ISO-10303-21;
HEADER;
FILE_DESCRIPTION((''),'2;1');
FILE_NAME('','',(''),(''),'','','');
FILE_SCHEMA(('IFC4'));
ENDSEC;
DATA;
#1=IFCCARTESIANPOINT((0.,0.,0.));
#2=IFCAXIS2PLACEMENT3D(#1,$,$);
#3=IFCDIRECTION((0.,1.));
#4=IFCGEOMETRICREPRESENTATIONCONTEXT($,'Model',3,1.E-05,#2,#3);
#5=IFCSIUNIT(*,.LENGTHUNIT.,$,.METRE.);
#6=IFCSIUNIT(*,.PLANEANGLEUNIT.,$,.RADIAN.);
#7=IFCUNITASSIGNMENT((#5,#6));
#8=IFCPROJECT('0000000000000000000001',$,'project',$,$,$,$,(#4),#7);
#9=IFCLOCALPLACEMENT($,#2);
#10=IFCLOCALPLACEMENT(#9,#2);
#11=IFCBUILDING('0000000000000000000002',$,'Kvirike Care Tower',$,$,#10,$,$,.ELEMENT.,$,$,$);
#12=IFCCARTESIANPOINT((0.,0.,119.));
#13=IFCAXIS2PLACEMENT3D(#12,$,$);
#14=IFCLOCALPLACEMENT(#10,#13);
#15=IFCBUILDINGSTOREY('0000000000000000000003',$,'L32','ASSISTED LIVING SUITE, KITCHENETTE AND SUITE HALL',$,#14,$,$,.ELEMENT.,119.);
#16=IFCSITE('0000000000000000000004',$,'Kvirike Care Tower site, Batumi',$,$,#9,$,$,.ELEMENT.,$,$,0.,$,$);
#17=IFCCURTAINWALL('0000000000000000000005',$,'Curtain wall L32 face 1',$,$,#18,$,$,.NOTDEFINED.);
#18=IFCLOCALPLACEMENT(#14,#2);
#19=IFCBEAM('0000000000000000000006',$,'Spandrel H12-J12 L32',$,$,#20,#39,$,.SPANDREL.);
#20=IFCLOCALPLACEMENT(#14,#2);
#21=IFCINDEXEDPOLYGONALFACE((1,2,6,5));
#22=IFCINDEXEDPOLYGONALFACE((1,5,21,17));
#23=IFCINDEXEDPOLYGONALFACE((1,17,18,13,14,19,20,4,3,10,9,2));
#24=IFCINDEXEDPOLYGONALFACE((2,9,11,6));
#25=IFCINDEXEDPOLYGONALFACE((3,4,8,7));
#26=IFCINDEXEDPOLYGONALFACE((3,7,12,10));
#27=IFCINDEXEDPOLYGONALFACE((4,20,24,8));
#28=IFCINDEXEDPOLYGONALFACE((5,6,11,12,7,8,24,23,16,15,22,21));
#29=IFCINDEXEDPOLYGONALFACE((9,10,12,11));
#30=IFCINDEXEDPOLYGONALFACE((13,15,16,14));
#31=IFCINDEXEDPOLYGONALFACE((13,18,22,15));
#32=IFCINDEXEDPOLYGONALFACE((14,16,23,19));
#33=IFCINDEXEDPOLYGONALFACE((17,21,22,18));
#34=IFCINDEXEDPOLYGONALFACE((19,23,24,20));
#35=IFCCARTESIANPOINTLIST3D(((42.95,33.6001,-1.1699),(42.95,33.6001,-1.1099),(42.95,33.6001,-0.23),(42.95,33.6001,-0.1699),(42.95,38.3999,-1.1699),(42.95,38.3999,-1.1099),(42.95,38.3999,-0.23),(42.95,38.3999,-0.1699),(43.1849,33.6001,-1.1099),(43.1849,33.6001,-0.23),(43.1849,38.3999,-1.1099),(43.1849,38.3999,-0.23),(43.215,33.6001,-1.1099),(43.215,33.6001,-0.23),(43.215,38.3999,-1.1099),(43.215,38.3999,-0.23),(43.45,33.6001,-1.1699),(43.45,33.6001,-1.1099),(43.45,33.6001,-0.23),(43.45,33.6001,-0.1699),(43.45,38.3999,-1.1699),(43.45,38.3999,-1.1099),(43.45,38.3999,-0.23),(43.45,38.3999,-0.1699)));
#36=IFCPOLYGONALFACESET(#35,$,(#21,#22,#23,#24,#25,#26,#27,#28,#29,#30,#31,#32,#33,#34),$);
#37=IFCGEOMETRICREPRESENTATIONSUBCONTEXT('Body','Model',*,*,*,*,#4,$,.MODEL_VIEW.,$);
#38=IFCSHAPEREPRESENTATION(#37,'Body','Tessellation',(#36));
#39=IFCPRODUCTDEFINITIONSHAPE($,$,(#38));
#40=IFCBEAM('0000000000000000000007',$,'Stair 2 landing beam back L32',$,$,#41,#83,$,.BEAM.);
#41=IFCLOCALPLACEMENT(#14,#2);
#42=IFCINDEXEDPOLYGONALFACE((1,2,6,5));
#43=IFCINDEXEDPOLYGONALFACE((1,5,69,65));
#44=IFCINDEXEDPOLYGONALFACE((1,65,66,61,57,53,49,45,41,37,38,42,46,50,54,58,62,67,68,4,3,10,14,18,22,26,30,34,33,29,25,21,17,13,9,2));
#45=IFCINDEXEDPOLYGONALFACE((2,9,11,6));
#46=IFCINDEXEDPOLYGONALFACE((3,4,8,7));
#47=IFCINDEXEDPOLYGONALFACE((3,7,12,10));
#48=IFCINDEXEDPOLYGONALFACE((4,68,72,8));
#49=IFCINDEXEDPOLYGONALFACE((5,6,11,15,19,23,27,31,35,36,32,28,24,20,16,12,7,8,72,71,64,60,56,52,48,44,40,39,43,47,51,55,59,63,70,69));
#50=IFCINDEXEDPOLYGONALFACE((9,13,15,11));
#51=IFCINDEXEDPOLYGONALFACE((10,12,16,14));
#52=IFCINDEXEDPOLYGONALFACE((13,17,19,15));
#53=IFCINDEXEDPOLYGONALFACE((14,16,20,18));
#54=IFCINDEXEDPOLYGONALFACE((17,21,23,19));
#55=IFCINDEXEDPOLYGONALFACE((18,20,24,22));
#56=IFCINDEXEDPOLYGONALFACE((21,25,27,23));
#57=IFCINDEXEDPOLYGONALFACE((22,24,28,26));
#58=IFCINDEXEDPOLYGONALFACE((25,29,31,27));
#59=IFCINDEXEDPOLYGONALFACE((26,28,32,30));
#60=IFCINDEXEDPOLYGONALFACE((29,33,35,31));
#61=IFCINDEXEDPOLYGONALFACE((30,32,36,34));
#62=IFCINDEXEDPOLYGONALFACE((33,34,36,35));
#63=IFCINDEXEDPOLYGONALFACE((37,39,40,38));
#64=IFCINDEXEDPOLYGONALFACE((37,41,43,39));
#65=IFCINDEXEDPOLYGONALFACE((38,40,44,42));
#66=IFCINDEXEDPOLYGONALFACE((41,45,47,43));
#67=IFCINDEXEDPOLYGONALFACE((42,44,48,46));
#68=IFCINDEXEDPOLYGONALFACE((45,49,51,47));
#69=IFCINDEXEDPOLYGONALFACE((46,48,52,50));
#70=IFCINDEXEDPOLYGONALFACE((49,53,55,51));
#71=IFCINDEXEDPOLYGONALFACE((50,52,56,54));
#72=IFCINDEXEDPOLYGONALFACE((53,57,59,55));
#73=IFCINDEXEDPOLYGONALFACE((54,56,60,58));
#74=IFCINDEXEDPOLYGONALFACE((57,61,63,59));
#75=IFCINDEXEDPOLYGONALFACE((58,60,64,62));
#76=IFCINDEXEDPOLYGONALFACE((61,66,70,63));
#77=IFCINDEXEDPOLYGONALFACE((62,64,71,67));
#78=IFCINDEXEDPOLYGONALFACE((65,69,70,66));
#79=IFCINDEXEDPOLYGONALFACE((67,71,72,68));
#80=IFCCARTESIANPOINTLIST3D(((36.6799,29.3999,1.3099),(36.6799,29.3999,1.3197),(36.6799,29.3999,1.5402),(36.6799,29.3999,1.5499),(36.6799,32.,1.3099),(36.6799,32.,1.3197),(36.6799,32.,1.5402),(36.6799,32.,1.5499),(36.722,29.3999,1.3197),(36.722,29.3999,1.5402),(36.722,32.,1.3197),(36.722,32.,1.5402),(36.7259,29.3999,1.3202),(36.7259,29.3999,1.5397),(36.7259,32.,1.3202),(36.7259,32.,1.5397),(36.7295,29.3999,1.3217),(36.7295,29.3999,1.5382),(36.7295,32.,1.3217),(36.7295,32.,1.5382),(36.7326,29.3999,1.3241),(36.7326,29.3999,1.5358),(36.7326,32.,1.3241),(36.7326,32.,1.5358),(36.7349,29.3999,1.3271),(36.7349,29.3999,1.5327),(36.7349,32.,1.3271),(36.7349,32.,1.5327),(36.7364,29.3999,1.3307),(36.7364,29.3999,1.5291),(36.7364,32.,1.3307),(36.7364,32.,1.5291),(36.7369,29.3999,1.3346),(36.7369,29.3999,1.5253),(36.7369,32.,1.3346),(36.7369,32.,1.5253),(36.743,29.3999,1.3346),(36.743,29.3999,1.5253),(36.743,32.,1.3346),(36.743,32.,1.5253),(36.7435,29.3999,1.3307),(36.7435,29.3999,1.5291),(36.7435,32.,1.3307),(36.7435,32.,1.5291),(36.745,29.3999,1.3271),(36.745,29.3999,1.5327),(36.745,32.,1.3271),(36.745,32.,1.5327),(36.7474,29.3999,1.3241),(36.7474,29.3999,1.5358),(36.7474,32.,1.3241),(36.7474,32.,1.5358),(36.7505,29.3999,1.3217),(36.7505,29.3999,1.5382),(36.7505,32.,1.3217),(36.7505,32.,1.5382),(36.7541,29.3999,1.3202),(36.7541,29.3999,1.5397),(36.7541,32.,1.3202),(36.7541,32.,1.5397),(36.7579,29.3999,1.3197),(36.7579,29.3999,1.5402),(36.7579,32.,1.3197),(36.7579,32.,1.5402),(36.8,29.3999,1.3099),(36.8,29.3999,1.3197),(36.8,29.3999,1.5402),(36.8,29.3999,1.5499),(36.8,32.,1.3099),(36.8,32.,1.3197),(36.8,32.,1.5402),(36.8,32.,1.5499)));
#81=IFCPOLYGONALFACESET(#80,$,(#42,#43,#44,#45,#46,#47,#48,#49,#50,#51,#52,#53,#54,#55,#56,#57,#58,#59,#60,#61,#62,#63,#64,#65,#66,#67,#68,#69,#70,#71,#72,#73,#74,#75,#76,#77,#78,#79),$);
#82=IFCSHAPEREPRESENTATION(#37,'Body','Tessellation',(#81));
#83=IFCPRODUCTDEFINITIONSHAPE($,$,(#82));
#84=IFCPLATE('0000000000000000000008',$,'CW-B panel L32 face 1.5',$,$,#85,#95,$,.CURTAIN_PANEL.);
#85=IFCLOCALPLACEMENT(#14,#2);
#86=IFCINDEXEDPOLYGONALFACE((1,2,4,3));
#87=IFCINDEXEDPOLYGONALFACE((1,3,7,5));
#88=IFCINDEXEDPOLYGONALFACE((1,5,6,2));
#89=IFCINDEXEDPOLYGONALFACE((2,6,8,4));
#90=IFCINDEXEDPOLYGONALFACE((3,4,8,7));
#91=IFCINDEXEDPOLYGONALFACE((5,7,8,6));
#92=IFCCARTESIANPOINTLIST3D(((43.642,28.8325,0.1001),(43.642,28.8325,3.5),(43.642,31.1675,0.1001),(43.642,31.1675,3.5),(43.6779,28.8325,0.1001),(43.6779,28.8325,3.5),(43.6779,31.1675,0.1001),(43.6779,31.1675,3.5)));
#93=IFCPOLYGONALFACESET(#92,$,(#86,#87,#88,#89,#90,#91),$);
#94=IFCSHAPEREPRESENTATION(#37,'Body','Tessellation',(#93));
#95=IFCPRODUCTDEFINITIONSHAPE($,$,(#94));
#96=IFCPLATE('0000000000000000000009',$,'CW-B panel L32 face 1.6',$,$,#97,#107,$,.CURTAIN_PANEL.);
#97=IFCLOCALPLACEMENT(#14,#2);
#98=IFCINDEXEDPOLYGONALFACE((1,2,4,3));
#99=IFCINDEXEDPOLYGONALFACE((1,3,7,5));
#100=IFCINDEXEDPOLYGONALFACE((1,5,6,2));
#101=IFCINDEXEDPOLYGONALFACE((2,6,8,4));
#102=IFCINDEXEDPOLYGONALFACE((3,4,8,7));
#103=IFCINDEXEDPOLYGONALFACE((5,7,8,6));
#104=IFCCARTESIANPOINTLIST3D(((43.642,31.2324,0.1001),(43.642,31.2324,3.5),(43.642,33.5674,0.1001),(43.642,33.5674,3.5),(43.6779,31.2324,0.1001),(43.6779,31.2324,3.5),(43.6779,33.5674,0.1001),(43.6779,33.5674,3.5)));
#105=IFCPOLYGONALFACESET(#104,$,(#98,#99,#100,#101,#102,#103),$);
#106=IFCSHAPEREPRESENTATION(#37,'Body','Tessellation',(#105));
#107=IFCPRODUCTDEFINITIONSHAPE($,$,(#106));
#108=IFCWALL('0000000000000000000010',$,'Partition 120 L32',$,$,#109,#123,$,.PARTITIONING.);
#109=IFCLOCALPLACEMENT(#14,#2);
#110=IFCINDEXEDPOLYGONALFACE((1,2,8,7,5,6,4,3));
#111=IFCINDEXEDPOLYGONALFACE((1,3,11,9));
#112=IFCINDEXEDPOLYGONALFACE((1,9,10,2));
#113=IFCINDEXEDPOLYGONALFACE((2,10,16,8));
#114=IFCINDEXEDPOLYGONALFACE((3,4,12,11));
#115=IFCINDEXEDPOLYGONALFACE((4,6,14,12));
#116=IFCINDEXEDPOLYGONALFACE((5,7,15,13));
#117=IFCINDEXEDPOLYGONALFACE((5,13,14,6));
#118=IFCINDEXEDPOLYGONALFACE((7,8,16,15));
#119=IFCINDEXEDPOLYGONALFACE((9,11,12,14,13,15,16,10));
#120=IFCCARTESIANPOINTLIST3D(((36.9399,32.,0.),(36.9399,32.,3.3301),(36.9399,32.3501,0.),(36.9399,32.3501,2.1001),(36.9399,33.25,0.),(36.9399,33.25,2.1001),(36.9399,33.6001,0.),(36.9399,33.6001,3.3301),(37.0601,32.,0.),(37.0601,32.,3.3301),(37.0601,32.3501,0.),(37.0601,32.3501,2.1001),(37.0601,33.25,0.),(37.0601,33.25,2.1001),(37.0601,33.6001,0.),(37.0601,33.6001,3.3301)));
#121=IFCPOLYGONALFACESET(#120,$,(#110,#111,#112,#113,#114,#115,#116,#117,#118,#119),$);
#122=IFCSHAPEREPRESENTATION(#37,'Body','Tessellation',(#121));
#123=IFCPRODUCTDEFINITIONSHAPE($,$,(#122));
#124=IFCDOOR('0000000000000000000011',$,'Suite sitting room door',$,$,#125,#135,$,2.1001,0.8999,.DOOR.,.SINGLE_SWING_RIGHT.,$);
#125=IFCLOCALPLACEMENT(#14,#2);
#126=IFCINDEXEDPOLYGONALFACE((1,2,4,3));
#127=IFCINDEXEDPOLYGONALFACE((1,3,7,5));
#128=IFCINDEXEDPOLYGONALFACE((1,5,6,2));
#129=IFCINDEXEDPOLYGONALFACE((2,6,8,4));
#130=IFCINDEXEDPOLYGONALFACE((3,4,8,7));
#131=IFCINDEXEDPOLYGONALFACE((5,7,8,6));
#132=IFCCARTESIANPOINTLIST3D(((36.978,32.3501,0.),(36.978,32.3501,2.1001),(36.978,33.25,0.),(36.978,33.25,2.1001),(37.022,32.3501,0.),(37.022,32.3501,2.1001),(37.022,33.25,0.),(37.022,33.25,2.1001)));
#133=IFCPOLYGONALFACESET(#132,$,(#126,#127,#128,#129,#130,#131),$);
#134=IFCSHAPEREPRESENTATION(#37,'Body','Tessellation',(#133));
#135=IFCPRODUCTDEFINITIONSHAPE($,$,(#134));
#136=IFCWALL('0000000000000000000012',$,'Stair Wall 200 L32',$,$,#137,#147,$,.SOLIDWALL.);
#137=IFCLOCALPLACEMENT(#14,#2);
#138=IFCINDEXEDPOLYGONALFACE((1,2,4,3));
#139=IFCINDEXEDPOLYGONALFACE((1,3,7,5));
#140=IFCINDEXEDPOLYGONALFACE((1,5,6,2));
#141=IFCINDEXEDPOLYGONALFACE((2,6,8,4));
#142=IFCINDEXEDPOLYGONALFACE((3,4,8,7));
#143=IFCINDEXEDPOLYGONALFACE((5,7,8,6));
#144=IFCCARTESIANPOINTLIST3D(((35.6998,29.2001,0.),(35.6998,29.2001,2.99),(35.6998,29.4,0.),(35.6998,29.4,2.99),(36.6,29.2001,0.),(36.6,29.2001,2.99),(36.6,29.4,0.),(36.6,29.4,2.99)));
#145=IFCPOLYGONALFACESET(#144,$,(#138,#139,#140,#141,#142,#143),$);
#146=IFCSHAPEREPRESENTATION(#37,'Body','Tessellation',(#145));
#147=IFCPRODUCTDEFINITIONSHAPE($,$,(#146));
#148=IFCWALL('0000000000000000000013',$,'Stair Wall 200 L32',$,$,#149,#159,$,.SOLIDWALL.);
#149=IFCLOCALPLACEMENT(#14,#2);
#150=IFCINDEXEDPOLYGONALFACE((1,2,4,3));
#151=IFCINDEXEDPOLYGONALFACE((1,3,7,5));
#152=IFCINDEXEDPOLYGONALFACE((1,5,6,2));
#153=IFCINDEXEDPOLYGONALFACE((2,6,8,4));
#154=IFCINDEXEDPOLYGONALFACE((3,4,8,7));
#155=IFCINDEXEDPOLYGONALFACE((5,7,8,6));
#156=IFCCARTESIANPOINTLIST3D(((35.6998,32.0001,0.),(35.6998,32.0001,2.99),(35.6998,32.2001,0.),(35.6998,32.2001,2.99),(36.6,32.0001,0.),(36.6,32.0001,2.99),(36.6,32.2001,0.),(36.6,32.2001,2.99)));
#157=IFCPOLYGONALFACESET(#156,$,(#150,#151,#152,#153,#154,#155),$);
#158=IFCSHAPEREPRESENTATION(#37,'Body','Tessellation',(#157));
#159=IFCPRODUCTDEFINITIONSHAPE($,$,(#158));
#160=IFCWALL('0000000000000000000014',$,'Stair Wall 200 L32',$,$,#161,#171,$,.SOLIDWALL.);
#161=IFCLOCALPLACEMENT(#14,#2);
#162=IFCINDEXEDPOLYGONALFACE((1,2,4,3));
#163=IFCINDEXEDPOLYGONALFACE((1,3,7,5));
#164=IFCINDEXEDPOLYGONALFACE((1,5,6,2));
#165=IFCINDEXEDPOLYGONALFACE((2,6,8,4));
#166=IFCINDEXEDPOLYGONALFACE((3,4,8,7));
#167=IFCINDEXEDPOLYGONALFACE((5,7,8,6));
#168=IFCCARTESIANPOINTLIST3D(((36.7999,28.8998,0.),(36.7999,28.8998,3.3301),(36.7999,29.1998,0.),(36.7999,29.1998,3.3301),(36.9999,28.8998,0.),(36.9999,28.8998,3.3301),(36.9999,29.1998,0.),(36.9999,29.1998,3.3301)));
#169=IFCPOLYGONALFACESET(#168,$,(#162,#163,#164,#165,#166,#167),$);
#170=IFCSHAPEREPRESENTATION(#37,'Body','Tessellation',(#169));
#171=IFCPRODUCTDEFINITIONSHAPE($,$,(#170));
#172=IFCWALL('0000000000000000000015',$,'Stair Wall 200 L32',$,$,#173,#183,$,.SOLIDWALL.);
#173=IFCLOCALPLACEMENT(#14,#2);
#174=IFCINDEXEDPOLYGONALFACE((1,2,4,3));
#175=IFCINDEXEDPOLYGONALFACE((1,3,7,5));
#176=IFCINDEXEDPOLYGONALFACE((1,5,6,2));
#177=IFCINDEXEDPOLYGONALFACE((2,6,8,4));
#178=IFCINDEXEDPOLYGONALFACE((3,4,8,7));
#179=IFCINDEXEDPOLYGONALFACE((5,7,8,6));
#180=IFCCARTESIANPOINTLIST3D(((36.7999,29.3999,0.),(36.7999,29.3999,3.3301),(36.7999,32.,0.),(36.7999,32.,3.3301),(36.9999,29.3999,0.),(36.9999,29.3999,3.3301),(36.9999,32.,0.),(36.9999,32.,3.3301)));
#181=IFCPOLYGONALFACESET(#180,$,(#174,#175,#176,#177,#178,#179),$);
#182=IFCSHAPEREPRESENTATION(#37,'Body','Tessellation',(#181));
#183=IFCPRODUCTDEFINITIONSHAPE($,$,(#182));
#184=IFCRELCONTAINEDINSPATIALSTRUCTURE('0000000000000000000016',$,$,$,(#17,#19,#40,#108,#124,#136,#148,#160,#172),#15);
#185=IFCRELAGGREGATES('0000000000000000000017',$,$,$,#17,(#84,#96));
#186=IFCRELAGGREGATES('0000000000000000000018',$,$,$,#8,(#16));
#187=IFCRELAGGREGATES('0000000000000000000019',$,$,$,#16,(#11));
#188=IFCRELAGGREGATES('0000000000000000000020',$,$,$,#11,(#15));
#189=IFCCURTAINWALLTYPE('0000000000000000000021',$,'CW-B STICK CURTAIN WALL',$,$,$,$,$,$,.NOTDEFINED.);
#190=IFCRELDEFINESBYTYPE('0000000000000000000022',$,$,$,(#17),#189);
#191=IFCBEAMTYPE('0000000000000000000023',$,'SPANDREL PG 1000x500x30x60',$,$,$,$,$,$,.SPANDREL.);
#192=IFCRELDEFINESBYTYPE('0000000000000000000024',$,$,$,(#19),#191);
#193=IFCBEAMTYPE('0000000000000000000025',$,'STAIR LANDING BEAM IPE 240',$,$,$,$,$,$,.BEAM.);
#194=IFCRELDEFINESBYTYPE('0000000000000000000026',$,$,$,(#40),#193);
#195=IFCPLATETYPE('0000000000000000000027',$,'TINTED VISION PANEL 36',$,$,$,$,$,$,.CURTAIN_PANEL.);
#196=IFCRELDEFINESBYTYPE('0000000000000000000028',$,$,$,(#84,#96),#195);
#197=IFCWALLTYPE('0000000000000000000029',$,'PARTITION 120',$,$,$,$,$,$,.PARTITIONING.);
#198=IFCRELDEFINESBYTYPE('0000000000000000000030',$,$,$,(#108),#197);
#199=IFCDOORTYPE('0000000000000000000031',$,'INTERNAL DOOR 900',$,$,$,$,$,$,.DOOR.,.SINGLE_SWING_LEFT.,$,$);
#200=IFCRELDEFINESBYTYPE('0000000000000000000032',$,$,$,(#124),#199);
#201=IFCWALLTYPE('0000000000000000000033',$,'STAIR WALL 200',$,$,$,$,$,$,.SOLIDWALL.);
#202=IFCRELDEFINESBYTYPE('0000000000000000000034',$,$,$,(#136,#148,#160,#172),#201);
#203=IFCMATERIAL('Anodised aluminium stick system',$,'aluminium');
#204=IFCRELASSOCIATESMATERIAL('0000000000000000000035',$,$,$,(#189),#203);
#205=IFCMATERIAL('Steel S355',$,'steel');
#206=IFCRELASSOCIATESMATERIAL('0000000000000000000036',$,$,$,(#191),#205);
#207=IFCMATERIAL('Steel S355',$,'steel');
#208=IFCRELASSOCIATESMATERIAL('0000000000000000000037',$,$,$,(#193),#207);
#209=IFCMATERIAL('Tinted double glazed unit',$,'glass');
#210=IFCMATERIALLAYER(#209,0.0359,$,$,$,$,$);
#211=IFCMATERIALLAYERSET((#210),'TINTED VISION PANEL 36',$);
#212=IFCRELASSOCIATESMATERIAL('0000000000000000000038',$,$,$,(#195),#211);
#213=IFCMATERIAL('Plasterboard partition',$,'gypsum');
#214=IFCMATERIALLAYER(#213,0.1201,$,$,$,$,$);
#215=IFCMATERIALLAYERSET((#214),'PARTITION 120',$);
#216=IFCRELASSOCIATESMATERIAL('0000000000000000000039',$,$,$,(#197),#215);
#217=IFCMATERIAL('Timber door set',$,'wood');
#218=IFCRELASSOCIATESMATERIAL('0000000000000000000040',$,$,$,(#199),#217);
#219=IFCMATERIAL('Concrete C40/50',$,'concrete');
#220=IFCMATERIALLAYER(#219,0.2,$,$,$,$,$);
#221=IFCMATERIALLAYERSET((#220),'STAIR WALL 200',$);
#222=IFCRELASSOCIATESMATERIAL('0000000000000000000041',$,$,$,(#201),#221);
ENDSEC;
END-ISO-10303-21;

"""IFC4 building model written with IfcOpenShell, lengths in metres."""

from ifc_helpers import new_model, si_unit, direction, frame, frame_2d, origin, origin_2d, place, context, subcontext, project, spatial, rectangle, i_section, extrude, material, layer, layer_set, material_profile, profile_set, type_object, element, fill, aggregate, save


model = new_model("IFC4")

# Units and contexts
model_context = context("Model", 3, precision=1e-05, world=origin(), true_north=direction((0.0, 1.0)))
body_context = subcontext(model_context, "Body", "Model", "MODEL_VIEW")
ifc_project = project(units=[si_unit("LENGTHUNIT", "METRE"), si_unit("PLANEANGLEUNIT", "RADIAN")], contexts=[model_context])

# Site, building, storey
site_placement = place(None, origin())
site = spatial("IfcSite", under=ifc_project, at=site_placement, Name="Kvirike Care Tower site, Batumi", CompositionType="ELEMENT", RefElevation=0.0)
building_placement = place(site_placement, origin())
building = spatial("IfcBuilding", under=site, at=building_placement, Name="Kvirike Care Tower", CompositionType="ELEMENT")
storey_placement = place(building_placement, frame((0.0, 0.0, 119.0)))
storey = spatial("IfcBuildingStorey", under=building, at=storey_placement, Name="L32", Description="ASSISTED LIVING SUITE, KITCHENETTE AND SUITE HALL", CompositionType="ELEMENT", Elevation=119.0)

# Curtain wall
ifc_material_1 = material(Name="Anodised aluminium stick system", Category="aluminium")
curtain_wall_type = type_object("IfcCurtainWallType", Name="CW-B STICK CURTAIN WALL", PredefinedType="NOTDEFINED", material=ifc_material_1)
curtain_wall_placement = place(storey_placement, origin())
curtain_wall = element("IfcCurtainWall", 1, at=curtain_wall_placement, inside=storey, type_object=curtain_wall_type, Name="Curtain wall L32 face 1", PredefinedType="NOTDEFINED")

# Beams
ifc_material_2 = material(Name="Steel S355", Category="steel")
ifc_material_profile_1 = material_profile(ifc_material_2, i_section(OverallWidth=0.5, OverallDepth=1.0, WebThickness=0.03, FlangeThickness=0.0601, at=origin_2d()), Name="PG 1000x500x30x60")
ifc_profile_set_1 = profile_set([ifc_material_profile_1], Name="Steel S355")
beam_type_1 = type_object("IfcBeamType", Name="SPANDREL PG 1000x500x30x60", PredefinedType="SPANDREL", material=ifc_profile_set_1)
beam_1_placement = place(storey_placement, frame((43.2, 33.6001, -0.6699), z_axis=(0.0, 1.0, 0.0), x_axis=(-1.0, 0.0, 0.0)))
element("IfcBeam", 2, at=beam_1_placement, inside=storey, type_object=beam_type_1, Name="Spandrel H12-J12 L32", PredefinedType="SPANDREL", context=body_context, shape_type="SweptSolid", body=[
    extrude(i_section(OverallWidth=0.5, OverallDepth=1.0, WebThickness=0.03, FlangeThickness=0.0601, at=origin_2d()), origin(), (0.0, 0.0, 1.0), 4.7998),
])
ifc_material_3 = material(Name="Steel S355", Category="steel")
ifc_material_profile_2 = material_profile(ifc_material_3, i_section(OverallWidth=0.1201, OverallDepth=0.24, WebThickness=0.0061, FlangeThickness=0.0098, FilletRadius=0.0149, at=origin_2d()), Name="IPE 240")
ifc_profile_set_2 = profile_set([ifc_material_profile_2], Name="Steel S355")
beam_type_2 = type_object("IfcBeamType", Name="STAIR LANDING BEAM IPE 240", PredefinedType="BEAM", material=ifc_profile_set_2)
beam_2_placement = place(storey_placement, frame((36.74, 29.3999, 1.4299), z_axis=(0.0, 1.0, 0.0), x_axis=(-1.0, 0.0, 0.0)))
element("IfcBeam", 3, at=beam_2_placement, inside=storey, type_object=beam_type_2, Name="Stair 2 landing beam back L32", PredefinedType="BEAM", context=body_context, shape_type="SweptSolid", body=[
    extrude(i_section(OverallWidth=0.1201, OverallDepth=0.24, WebThickness=0.0061, FlangeThickness=0.0098, FilletRadius=0.0149, at=origin_2d()), origin(), (0.0, 0.0, 1.0), 2.6001),
])

# Plates
ifc_material_4 = material(Name="Tinted double glazed unit", Category="glass")
ifc_layer_1 = layer(ifc_material_4, 0.0359)
ifc_layer_set_1 = layer_set([ifc_layer_1], Name="TINTED VISION PANEL 36")
plate_type = type_object("IfcPlateType", Name="TINTED VISION PANEL 36", PredefinedType="CURTAIN_PANEL", material=ifc_layer_set_1)
plate_1_placement = place(storey_placement, frame((43.6599, 30.0, 0.1001), z_axis=(0.0, 0.0, 1.0), x_axis=(0.0, 1.0, 0.0)))
plate_1 = element("IfcPlate", 4, at=plate_1_placement, type_object=plate_type, Name="CW-B panel L32 face 1.5", PredefinedType="CURTAIN_PANEL", context=body_context, shape_type="SweptSolid", body=[
    extrude(rectangle(XDim=2.335, YDim=0.0359, at=origin_2d()), origin(), (0.0, 0.0, 1.0), 3.3999),
])
plate_2_placement = place(storey_placement, frame((43.6599, 32.3999, 0.1001), z_axis=(0.0, 0.0, 1.0), x_axis=(0.0, 1.0, 0.0)))
plate_2 = element("IfcPlate", 5, at=plate_2_placement, type_object=plate_type, Name="CW-B panel L32 face 1.6", PredefinedType="CURTAIN_PANEL", context=body_context, shape_type="SweptSolid", body=[
    extrude(rectangle(XDim=2.335, YDim=0.0359, at=origin_2d()), origin(), (0.0, 0.0, 1.0), 3.3999),
])
aggregate(curtain_wall, [plate_1, plate_2])

# Wall, opening, door
ifc_material_5 = material(Name="Plasterboard partition", Category="gypsum")
ifc_layer_2 = layer(ifc_material_5, 0.1201)
ifc_layer_set_2 = layer_set([ifc_layer_2], Name="PARTITION 120")
wall_type_1 = type_object("IfcWallType", Name="PARTITION 120", PredefinedType="PARTITIONING", material=ifc_layer_set_2)
wall_1_placement = place(storey_placement, frame((37.0, 32.0, 0.0), z_axis=(0.0, 0.0, 1.0), x_axis=(0.0, 1.0, 0.0)))
wall_1 = element("IfcWall", 6, at=wall_1_placement, inside=storey, type_object=wall_type_1, Name="Partition 120 L32", PredefinedType="PARTITIONING", context=body_context, shape_type="SweptSolid", body=[
    extrude(rectangle(XDim=1.6001, YDim=0.1201, at=frame_2d((0.8, 0.0))), origin(), (0.0, 0.0, 1.0), 3.3301),
])
opening_placement = place(wall_1_placement, frame((0.3501, 0.0, 0.0)))
opening = element("IfcOpeningElement", 7, at=opening_placement, cuts=wall_1, PredefinedType="OPENING", context=body_context, shape_type="SweptSolid", body=[
    extrude(rectangle(XDim=0.8999, YDim=2.1001, at=frame_2d((0.45, 1.05))), frame((0.0, 0.0706, 0.0), z_axis=(0.0, -1.0, 0.0), x_axis=(1.0, 0.0, 0.0)), (0.0, 0.0, 1.0), 0.1411),
])
ifc_material_6 = material(Name="Timber door set", Category="wood")
door_type = type_object("IfcDoorType", Name="INTERNAL DOOR 900", OperationType="SINGLE_SWING_LEFT", PredefinedType="DOOR", material=ifc_material_6)
door_placement = place(opening_placement, frame((0.8999, 0.0, 0.0), z_axis=(0.0, 0.0, 1.0), x_axis=(-1.0, 0.0, 0.0)))
door = element("IfcDoor", 8, at=door_placement, inside=storey, type_object=door_type, Name="Suite sitting room door", OperationType="SINGLE_SWING_RIGHT", OverallHeight=2.1001, OverallWidth=0.8999, PredefinedType="DOOR", context=body_context, shape_type="SweptSolid", body=[
    extrude(rectangle(XDim=0.8999, YDim=2.1001, at=frame_2d((0.45, 1.05))), frame((0.0, 0.022, 0.0), z_axis=(0.0, -1.0, 0.0), x_axis=(1.0, 0.0, 0.0)), (0.0, 0.0, 1.0), 0.0439),
])
fill(opening, door)

# Walls
ifc_material_7 = material(Name="Concrete C40/50", Category="concrete")
ifc_layer_3 = layer(ifc_material_7, 0.2)
ifc_layer_set_3 = layer_set([ifc_layer_3], Name="STAIR WALL 200")
wall_type_2 = type_object("IfcWallType", Name="STAIR WALL 200", PredefinedType="SOLIDWALL", material=ifc_layer_set_3)
for number, where, z_axis, x_axis, name in (
    (9, (36.6001, 29.3, 0.0), (0.0, 0.0, 1.0), (-1.0, 0.0, 0.0), "Stair Wall 200 L32"),
    (10, (36.6001, 32.1001, 0.0), (0.0, 0.0, 1.0), (-1.0, 0.0, 0.0), "Stair Wall 200 L32"),
):
    element("IfcWall", number, at=place(storey_placement, frame(where, z_axis=z_axis, x_axis=x_axis)), inside=storey, type_object=wall_type_2, Name=name, PredefinedType="SOLIDWALL", context=body_context, shape_type="SweptSolid", body=[
        extrude(rectangle(XDim=0.9001, YDim=0.2, at=frame_2d((0.4502, 0.0))), origin(), (0.0, 0.0, 1.0), 2.99),
    ])
wall_2_placement = place(storey_placement, frame((36.8999, 28.8999, 0.0), z_axis=(0.0, 0.0, 1.0), x_axis=(0.0, 1.0, 0.0)))
element("IfcWall", 11, at=wall_2_placement, inside=storey, type_object=wall_type_2, Name="Stair Wall 200 L32", PredefinedType="SOLIDWALL", context=body_context, shape_type="SweptSolid", body=[
    extrude(rectangle(XDim=0.3, YDim=0.2, at=frame_2d((0.1499, 0.0))), origin(), (0.0, 0.0, 1.0), 3.3301),
])
wall_3_placement = place(storey_placement, frame((36.8999, 29.3999, 0.0), z_axis=(0.0, 0.0, 1.0), x_axis=(0.0, 1.0, 0.0)))
element("IfcWall", 12, at=wall_3_placement, inside=storey, type_object=wall_type_2, Name="Stair Wall 200 L32", PredefinedType="SOLIDWALL", context=body_context, shape_type="SweptSolid", body=[
    extrude(rectangle(XDim=2.6001, YDim=0.2, at=frame_2d((1.3, 0.0))), origin(), (0.0, 0.0, 1.0), 3.3301),
])

save(model, "model.ifc")
